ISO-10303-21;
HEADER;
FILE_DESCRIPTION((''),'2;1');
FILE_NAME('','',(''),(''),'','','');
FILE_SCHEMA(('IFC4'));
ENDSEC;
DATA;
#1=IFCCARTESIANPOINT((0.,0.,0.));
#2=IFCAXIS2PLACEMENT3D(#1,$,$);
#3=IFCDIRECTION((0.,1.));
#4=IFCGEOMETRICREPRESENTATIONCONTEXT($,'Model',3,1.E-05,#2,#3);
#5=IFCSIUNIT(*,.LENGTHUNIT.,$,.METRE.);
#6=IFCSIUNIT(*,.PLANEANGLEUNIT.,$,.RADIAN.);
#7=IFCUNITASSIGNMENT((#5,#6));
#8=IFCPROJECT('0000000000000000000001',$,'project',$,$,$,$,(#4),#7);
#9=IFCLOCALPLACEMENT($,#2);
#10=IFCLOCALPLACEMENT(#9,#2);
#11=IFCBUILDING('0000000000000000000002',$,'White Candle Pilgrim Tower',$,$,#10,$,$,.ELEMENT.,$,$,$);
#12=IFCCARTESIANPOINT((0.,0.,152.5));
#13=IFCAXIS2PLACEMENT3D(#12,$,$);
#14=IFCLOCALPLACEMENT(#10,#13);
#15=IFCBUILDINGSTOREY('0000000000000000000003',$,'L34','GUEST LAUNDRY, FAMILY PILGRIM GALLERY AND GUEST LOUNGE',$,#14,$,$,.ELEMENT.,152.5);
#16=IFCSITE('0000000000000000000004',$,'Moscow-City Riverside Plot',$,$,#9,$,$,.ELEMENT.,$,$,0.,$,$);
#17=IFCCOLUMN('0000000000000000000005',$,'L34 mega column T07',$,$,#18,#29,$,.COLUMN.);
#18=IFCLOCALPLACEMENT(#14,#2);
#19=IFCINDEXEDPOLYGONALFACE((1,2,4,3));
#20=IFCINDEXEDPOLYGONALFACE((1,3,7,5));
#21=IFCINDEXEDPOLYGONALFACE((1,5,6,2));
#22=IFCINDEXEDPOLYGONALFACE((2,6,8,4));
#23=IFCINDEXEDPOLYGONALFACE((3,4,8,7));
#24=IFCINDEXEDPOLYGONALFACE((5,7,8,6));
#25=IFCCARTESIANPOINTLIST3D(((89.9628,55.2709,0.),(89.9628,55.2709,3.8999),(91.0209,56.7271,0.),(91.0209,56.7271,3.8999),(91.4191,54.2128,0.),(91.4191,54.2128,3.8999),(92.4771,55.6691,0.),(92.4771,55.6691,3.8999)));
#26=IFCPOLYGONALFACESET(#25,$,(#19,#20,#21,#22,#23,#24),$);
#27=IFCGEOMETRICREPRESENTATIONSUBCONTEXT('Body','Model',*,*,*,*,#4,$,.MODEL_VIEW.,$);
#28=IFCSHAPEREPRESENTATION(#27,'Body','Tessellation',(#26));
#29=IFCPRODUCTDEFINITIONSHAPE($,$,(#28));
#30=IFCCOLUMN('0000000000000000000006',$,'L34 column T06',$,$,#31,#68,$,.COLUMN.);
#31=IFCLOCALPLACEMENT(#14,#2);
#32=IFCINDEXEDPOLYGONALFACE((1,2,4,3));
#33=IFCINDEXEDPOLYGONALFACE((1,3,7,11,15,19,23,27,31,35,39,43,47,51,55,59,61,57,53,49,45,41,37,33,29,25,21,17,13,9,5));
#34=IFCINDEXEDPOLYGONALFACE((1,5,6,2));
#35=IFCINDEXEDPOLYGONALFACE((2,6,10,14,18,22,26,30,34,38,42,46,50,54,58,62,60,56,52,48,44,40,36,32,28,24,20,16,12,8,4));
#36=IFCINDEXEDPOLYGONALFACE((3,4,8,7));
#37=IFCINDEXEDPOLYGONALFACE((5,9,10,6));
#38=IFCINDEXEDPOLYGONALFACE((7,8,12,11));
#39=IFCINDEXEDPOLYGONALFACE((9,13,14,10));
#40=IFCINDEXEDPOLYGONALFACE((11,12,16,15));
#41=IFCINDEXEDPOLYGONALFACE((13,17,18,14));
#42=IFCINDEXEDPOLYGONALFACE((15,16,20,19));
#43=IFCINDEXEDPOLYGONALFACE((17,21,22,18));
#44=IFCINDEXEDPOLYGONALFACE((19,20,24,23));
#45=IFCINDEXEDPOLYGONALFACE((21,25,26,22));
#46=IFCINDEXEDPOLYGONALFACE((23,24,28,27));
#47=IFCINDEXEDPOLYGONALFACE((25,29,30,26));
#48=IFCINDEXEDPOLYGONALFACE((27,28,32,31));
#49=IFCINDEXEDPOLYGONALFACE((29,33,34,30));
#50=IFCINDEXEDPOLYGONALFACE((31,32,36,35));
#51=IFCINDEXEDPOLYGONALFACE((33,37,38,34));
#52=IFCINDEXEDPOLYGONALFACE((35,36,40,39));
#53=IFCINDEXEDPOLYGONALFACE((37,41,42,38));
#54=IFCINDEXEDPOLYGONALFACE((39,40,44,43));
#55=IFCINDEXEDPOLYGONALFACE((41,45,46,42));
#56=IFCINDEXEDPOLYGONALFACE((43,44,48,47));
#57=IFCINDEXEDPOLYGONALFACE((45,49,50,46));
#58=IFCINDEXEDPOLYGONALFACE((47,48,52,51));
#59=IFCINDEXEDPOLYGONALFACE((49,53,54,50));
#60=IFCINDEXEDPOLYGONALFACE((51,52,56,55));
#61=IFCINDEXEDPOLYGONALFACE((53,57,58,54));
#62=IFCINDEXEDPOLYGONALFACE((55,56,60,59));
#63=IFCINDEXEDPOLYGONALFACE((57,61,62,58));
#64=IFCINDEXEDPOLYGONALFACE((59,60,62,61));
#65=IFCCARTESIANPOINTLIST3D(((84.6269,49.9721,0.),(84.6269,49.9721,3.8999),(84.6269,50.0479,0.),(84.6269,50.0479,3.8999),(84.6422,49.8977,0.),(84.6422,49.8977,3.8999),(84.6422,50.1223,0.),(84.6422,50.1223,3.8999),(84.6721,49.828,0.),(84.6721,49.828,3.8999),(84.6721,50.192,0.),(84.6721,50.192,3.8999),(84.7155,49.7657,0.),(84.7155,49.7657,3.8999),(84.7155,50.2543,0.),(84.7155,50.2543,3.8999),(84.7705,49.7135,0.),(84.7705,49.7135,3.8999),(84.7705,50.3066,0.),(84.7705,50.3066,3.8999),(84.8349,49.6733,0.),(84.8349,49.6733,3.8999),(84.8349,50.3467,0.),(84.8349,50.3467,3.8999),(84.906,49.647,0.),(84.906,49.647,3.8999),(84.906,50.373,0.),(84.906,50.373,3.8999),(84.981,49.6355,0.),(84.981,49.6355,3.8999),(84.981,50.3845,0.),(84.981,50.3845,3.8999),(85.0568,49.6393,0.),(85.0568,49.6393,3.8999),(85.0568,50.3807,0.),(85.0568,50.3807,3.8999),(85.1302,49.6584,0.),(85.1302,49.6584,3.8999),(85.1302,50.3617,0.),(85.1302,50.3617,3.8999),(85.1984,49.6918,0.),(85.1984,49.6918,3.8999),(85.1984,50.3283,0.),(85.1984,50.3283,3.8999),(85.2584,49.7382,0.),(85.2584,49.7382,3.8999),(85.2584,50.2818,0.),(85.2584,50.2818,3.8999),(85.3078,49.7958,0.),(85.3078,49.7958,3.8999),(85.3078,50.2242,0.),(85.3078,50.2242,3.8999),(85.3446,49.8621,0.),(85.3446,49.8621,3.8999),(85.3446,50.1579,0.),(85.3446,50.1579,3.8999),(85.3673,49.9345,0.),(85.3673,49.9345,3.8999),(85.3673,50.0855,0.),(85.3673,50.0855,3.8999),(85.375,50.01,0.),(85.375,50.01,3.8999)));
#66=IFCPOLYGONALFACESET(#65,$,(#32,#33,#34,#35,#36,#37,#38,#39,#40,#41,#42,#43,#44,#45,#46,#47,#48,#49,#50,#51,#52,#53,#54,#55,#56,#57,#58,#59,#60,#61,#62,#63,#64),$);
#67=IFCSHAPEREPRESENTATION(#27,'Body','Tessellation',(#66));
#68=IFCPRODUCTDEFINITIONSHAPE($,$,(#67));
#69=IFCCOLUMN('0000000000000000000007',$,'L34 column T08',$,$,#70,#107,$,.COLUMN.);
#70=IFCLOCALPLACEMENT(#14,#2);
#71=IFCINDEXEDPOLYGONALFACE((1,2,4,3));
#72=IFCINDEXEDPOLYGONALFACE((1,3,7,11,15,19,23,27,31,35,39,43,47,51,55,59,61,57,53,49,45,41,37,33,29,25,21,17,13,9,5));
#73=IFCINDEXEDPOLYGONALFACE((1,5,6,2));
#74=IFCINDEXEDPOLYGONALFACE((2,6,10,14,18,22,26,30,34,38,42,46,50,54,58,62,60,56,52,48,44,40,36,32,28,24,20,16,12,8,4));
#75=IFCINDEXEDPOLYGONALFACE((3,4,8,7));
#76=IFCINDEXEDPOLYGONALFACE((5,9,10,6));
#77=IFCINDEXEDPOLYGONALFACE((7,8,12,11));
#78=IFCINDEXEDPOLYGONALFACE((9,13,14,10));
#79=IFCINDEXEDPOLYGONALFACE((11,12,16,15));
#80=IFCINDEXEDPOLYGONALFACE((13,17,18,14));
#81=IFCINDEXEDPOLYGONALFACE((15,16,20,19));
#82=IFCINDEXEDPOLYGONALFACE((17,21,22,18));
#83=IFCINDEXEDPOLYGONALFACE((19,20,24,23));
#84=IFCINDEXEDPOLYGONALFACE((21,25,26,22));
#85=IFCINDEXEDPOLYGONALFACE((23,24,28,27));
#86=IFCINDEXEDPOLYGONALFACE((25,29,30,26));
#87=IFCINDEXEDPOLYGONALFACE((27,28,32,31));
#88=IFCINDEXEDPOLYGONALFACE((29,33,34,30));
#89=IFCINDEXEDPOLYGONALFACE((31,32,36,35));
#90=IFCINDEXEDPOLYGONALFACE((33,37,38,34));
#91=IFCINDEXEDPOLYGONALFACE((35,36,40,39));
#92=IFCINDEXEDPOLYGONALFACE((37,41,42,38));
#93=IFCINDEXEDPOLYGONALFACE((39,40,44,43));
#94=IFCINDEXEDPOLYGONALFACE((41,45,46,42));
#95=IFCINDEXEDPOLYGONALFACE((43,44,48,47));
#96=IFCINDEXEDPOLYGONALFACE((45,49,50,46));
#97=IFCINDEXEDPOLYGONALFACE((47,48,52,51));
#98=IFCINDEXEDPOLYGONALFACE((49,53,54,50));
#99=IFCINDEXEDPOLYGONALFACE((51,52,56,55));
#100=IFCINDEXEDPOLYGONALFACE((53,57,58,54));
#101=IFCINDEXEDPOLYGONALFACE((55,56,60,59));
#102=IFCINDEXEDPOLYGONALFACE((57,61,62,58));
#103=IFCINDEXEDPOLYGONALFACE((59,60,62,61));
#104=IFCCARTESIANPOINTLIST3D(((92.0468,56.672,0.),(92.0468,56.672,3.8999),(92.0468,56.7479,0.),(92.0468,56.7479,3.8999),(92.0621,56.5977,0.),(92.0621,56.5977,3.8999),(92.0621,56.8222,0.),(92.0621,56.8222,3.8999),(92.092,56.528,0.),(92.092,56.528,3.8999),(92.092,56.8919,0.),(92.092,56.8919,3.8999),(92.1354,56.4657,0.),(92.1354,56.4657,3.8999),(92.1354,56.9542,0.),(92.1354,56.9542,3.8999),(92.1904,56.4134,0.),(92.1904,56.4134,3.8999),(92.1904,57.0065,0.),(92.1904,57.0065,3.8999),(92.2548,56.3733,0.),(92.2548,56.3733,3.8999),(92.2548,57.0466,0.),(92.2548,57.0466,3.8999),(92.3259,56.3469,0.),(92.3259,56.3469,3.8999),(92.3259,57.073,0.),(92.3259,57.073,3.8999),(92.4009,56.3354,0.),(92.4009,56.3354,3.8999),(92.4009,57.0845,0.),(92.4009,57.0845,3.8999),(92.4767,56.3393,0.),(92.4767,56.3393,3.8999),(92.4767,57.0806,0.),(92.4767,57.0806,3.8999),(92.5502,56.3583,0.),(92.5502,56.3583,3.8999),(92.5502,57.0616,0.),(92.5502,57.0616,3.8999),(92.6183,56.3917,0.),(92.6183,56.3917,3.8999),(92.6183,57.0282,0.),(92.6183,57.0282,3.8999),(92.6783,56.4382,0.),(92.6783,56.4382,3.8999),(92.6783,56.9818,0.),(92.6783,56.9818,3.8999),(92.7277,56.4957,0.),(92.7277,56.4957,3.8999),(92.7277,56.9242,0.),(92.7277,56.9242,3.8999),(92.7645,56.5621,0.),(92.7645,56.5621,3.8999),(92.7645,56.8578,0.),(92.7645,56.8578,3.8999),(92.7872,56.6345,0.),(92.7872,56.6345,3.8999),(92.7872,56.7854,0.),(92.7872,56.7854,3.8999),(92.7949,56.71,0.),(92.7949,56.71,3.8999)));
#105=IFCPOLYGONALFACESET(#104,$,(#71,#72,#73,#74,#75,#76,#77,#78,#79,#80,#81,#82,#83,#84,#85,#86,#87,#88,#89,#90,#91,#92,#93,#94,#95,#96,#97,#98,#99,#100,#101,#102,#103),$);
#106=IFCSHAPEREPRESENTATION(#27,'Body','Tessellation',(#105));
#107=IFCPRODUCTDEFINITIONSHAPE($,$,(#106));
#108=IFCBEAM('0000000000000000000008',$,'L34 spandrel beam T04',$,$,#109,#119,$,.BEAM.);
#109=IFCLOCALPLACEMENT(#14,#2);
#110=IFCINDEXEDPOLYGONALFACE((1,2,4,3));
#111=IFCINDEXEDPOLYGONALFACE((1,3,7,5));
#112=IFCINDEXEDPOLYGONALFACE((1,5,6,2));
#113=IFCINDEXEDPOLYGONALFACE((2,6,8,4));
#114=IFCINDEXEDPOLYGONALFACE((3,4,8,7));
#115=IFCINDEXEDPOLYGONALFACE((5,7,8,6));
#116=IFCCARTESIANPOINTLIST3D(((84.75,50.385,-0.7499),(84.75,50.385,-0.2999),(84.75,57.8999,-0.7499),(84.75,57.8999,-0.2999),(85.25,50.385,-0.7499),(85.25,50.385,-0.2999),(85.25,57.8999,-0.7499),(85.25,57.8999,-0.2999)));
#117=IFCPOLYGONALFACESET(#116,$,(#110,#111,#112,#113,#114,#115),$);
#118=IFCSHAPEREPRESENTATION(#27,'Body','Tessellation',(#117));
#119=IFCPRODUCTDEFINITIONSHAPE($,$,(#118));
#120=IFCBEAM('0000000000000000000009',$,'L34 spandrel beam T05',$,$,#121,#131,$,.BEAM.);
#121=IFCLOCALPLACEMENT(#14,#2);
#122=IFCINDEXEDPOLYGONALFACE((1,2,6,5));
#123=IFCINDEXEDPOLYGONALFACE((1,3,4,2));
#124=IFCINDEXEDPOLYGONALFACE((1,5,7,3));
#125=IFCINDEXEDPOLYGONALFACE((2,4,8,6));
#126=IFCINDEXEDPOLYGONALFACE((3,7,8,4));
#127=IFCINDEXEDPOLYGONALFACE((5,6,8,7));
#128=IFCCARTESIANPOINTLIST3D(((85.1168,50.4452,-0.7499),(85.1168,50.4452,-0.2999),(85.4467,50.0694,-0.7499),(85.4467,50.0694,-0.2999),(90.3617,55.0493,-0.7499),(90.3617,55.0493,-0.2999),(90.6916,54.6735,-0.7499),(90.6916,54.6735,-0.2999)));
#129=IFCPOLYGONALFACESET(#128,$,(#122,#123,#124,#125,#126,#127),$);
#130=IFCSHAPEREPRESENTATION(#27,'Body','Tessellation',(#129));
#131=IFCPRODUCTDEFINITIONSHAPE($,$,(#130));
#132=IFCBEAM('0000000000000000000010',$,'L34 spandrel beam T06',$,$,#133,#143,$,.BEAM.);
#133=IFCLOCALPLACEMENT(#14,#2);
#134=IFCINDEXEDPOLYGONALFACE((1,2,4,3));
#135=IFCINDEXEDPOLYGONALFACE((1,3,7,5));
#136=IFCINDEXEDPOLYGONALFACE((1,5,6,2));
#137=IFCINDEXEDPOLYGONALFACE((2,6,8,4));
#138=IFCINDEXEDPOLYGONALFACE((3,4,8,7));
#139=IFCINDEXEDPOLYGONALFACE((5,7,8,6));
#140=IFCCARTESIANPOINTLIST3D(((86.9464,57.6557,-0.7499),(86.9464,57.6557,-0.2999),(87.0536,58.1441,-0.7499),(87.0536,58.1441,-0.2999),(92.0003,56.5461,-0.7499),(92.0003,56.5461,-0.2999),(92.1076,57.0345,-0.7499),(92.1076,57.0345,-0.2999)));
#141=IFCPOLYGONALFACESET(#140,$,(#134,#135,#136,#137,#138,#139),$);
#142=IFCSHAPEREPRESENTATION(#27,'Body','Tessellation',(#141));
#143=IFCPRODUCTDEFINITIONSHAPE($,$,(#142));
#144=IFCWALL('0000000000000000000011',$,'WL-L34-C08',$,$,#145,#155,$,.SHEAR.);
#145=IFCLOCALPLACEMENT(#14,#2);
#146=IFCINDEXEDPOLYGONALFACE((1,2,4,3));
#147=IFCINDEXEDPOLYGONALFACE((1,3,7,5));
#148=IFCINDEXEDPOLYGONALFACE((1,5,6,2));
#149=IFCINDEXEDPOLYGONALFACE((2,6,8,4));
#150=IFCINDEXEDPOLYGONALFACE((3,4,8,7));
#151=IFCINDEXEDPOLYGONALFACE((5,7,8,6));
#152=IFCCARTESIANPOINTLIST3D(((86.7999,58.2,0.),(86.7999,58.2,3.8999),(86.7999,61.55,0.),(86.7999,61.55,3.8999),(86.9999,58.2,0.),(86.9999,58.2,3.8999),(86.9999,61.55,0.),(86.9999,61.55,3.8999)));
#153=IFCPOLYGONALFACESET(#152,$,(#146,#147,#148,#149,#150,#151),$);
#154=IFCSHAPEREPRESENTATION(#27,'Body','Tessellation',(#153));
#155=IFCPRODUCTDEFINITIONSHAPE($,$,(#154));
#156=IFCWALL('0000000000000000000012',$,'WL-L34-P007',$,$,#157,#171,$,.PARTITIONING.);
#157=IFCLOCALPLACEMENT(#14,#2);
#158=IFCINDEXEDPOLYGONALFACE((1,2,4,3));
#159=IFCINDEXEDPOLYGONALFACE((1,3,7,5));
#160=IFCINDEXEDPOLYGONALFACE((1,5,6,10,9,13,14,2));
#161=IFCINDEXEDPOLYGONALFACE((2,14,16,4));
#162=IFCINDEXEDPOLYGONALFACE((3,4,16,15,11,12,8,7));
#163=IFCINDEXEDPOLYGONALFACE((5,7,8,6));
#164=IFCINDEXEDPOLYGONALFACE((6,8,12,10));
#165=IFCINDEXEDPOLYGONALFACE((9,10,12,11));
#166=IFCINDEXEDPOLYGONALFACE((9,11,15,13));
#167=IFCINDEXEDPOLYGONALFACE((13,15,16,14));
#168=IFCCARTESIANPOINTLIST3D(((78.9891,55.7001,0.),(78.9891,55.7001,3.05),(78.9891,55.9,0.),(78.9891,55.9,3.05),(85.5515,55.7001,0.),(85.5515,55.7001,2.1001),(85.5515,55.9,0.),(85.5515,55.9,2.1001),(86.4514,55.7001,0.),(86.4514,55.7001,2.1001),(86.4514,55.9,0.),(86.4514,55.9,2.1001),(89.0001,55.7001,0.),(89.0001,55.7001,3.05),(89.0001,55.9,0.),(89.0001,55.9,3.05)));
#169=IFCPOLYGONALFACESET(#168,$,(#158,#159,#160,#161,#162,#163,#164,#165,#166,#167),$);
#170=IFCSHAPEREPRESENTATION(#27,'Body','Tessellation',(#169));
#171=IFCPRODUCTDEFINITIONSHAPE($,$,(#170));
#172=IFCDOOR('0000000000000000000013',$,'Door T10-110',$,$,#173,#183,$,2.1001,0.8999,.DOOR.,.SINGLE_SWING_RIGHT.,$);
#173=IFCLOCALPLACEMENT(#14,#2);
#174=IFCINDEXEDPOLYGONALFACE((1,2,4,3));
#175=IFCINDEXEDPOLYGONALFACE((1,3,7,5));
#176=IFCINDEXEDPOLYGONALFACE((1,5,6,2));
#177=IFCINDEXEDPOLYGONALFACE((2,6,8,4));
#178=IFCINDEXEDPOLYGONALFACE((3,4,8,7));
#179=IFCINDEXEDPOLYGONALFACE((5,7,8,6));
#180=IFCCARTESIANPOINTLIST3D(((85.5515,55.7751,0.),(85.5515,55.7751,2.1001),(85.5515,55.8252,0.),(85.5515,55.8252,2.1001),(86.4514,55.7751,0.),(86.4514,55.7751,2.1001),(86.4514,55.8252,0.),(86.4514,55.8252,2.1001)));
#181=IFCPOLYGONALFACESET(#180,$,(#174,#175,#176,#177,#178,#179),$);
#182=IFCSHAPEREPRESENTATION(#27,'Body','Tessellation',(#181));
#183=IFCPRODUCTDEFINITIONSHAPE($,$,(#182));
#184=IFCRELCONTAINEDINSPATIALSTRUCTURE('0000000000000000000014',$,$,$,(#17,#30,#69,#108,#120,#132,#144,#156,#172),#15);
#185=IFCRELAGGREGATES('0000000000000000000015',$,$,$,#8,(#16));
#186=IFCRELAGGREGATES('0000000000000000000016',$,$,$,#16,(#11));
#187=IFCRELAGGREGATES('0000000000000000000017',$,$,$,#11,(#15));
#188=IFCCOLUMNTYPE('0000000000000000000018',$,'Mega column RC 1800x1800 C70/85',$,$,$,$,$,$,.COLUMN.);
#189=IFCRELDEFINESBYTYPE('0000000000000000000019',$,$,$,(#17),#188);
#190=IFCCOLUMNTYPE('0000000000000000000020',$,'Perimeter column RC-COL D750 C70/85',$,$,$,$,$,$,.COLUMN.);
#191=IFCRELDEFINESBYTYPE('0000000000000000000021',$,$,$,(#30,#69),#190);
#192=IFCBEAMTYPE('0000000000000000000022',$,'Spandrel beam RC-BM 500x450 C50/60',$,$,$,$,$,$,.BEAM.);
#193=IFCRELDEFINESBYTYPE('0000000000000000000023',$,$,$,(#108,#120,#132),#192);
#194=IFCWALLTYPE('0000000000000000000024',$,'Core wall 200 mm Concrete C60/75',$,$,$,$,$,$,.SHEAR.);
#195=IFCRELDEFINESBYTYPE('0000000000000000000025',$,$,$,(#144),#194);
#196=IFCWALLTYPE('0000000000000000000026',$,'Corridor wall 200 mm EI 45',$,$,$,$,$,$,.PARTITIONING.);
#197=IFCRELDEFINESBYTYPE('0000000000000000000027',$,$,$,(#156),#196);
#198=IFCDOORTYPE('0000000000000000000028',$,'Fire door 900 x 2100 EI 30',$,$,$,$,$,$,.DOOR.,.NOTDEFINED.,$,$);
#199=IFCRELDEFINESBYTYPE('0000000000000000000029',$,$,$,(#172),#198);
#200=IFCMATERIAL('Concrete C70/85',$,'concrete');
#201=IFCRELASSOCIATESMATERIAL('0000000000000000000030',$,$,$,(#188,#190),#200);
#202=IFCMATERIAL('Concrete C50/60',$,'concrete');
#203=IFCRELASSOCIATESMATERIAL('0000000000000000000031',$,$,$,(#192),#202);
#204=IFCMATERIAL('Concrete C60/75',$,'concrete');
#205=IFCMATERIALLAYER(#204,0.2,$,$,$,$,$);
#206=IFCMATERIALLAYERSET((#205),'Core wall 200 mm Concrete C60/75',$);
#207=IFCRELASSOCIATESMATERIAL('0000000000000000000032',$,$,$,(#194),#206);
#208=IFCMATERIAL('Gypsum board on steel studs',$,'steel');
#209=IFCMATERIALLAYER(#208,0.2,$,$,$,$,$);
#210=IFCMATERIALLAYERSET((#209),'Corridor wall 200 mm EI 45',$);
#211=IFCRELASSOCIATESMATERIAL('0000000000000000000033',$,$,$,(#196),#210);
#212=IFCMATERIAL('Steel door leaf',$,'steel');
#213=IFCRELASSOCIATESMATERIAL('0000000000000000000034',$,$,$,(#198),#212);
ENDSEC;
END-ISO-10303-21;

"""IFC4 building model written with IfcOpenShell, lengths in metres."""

from ifc_helpers import new_model, si_unit, direction, frame, frame_2d, origin, origin_2d, place, context, subcontext, project, spatial, rectangle, circle, extrude, material, layer, layer_set, material_profile, profile_set, type_object, element, fill, save


model = new_model("IFC4")

# Units and contexts
model_context = context("Model", 3, precision=1e-05, world=origin(), true_north=direction((0.0, 1.0)))
body_context = subcontext(model_context, "Body", "Model", "MODEL_VIEW")
ifc_project = project(units=[si_unit("LENGTHUNIT", "METRE"), si_unit("PLANEANGLEUNIT", "RADIAN")], contexts=[model_context])

# Site, building, storey
site_placement = place(None, origin())
site = spatial("IfcSite", under=ifc_project, at=site_placement, Name="Moscow-City Riverside Plot", CompositionType="ELEMENT", RefElevation=0.0)
building_placement = place(site_placement, origin())
building = spatial("IfcBuilding", under=site, at=building_placement, Name="White Candle Pilgrim Tower", CompositionType="ELEMENT")
storey_placement = place(building_placement, frame((0.0, 0.0, 152.5)))
storey = spatial("IfcBuildingStorey", under=building, at=storey_placement, Name="L34", Description="GUEST LAUNDRY, FAMILY PILGRIM GALLERY AND GUEST LOUNGE", CompositionType="ELEMENT", Elevation=152.5)

# Columns
ifc_material_1 = material(Name="Concrete C70/85", Category="concrete")
ifc_material_profile_1 = material_profile(ifc_material_1, rectangle(XDim=1.8, YDim=1.8, at=origin_2d()), Name="RC 1800x1800")
ifc_profile_set_1 = profile_set([ifc_material_profile_1], Name="Concrete C70/85")
column_type_1 = type_object("IfcColumnType", Name="Mega column RC 1800x1800 C70/85", PredefinedType="COLUMN", material=ifc_profile_set_1)
column_placement = place(storey_placement, frame((91.22, 55.47, 0.0), z_axis=(0.0, 0.0, 1.0), x_axis=(0.809017, -0.587785, 0.0)))
element("IfcColumn", 1, at=column_placement, inside=storey, type_object=column_type_1, Name="L34 mega column T07", PredefinedType="COLUMN", context=body_context, shape_type="SweptSolid", body=[
    extrude(rectangle(XDim=1.8, YDim=1.8, at=origin_2d()), origin(), (0.0, 0.0, 1.0), 3.8999),
])
ifc_material_profile_2 = material_profile(ifc_material_1, circle(Radius=0.375, at=origin_2d()), Name="RC-COL D750")
ifc_profile_set_2 = profile_set([ifc_material_profile_2], Name="Concrete C70/85")
column_type_2 = type_object("IfcColumnType", Name="Perimeter column RC-COL D750 C70/85", PredefinedType="COLUMN", material=ifc_profile_set_2)
for number, where, z_axis, x_axis, name in (
    (2, (85.0, 50.01, 0.0), (0.0, 0.0, 1.0), (1.0, 0.0, 0.0), "L34 column T06"),
    (3, (92.4199, 56.71, 0.0), (0.0, 0.0, 1.0), (1.0, 0.0, 0.0), "L34 column T08"),
):
    element("IfcColumn", number, at=place(storey_placement, frame(where, z_axis=z_axis, x_axis=x_axis)), inside=storey, type_object=column_type_2, Name=name, PredefinedType="COLUMN", context=body_context, shape_type="SweptSolid", body=[
        extrude(circle(Radius=0.375, at=origin_2d()), origin(), (0.0, 0.0, 1.0), 3.8999),
    ])

# Beams
ifc_material_2 = material(Name="Concrete C50/60", Category="concrete")
ifc_material_profile_3 = material_profile(ifc_material_2, rectangle(XDim=0.5, YDim=0.45, at=origin_2d()), Name="RC-BM 500x450")
ifc_profile_set_3 = profile_set([ifc_material_profile_3], Name="Concrete C50/60")
beam_type = type_object("IfcBeamType", Name="Spandrel beam RC-BM 500x450 C50/60", PredefinedType="BEAM", material=ifc_profile_set_3)
beam_1_placement = place(storey_placement, frame((85.0, 50.385, -0.5249), z_axis=(0.0, 1.0, 0.0), x_axis=(-1.0, 0.0, 0.0)))
element("IfcBeam", 4, at=beam_1_placement, inside=storey, type_object=beam_type, Name="L34 spandrel beam T04", PredefinedType="BEAM", context=body_context, shape_type="SweptSolid", body=[
    extrude(rectangle(XDim=0.5, YDim=0.45, at=origin_2d()), origin(), (0.0, 0.0, 1.0), 7.5149),
])
beam_2_placement = place(storey_placement, frame((85.2817, 50.2573, -0.5249), z_axis=(0.751529, 0.6597, 0.0), x_axis=(-0.6597, 0.751529, 0.0)))
element("IfcBeam", 5, at=beam_2_placement, inside=storey, type_object=beam_type, Name="L34 spandrel beam T05", PredefinedType="BEAM", context=body_context, shape_type="SweptSolid", body=[
    extrude(rectangle(XDim=0.5, YDim=0.45, at=origin_2d()), origin(), (0.0, 0.0, 1.0), 6.979),
])
beam_3_placement = place(storey_placement, frame((92.054, 56.7903, -0.5249), z_axis=(-0.976736, 0.214447, 0.0), x_axis=(-0.214447, -0.976736, 0.0)))
element("IfcBeam", 6, at=beam_3_placement, inside=storey, type_object=beam_type, Name="L34 spandrel beam T06", PredefinedType="BEAM", context=body_context, shape_type="SweptSolid", body=[
    extrude(rectangle(XDim=0.5, YDim=0.45, at=origin_2d()), origin(), (0.0, 0.0, 1.0), 5.1743),
])

# Wall
ifc_material_3 = material(Name="Concrete C60/75", Category="concrete")
ifc_layer_1 = layer(ifc_material_3, 0.2)
ifc_layer_set_1 = layer_set([ifc_layer_1], Name="Core wall 200 mm Concrete C60/75")
wall_type_1 = type_object("IfcWallType", Name="Core wall 200 mm Concrete C60/75", PredefinedType="SHEAR", material=ifc_layer_set_1)
wall_1_placement = place(storey_placement, frame((86.8999, 58.2, 0.0), z_axis=(0.0, 0.0, 1.0), x_axis=(0.0, 1.0, 0.0)))
element("IfcWall", 7, at=wall_1_placement, inside=storey, type_object=wall_type_1, Name="WL-L34-C08", PredefinedType="SHEAR", context=body_context, shape_type="SweptSolid", body=[
    extrude(rectangle(XDim=3.3501, YDim=0.2, at=frame_2d((1.675, 0.0))), origin(), (0.0, 0.0, 1.0), 3.8999),
])

# Wall, opening, door
ifc_material_4 = material(Name="Gypsum board on steel studs", Category="steel")
ifc_layer_2 = layer(ifc_material_4, 0.2)
ifc_layer_set_2 = layer_set([ifc_layer_2], Name="Corridor wall 200 mm EI 45")
wall_type_2 = type_object("IfcWallType", Name="Corridor wall 200 mm EI 45", PredefinedType="PARTITIONING", material=ifc_layer_set_2)
wall_2_placement = place(storey_placement, frame((89.0, 55.8, 0.0), z_axis=(0.0, 0.0, 1.0), x_axis=(-1.0, 0.0, 0.0)))
wall_2 = element("IfcWall", 8, at=wall_2_placement, inside=storey, type_object=wall_type_2, Name="WL-L34-P007", PredefinedType="PARTITIONING", context=body_context, shape_type="SweptSolid", body=[
    extrude(rectangle(XDim=10.011, YDim=0.2, at=frame_2d((5.0054, 0.0))), origin(), (0.0, 0.0, 1.0), 3.05),
])
opening_1_placement = place(wall_2_placement, frame((2.5486, 0.0, 0.0)))
opening_1 = element("IfcOpeningElement", 9, at=opening_1_placement, cuts=wall_2, PredefinedType="OPENING", context=body_context, shape_type="SweptSolid", body=[
    extrude(rectangle(XDim=0.8999, YDim=2.1001, at=frame_2d((0.45, 1.05))), frame((0.0, 0.1099, 0.0), z_axis=(0.0, -1.0, 0.0), x_axis=(1.0, 0.0, 0.0)), (0.0, 0.0, 1.0), 0.22),
])
ifc_material_5 = material(Name="Steel door leaf", Category="steel")
door_type_1 = type_object("IfcDoorType", Name="Fire door 900 x 2100 EI 30", OperationType="NOTDEFINED", PredefinedType="DOOR", material=ifc_material_5)
door_1_placement = place(opening_1_placement, origin())
door_1 = element("IfcDoor", 10, at=door_1_placement, inside=storey, type_object=door_type_1, Name="Door T10-110", OperationType="SINGLE_SWING_RIGHT", OverallHeight=2.1001, OverallWidth=0.8999, PredefinedType="DOOR", context=body_context, shape_type="SweptSolid", body=[
    extrude(rectangle(XDim=0.8999, YDim=2.1001, at=frame_2d((0.45, 1.05))), frame((0.0, 0.0249, 0.0), z_axis=(0.0, -1.0, 0.0), x_axis=(1.0, 0.0, 0.0)), (0.0, 0.0, 1.0), 0.05),
])
fill(opening_1, door_1)

save(model, "model.ifc")
